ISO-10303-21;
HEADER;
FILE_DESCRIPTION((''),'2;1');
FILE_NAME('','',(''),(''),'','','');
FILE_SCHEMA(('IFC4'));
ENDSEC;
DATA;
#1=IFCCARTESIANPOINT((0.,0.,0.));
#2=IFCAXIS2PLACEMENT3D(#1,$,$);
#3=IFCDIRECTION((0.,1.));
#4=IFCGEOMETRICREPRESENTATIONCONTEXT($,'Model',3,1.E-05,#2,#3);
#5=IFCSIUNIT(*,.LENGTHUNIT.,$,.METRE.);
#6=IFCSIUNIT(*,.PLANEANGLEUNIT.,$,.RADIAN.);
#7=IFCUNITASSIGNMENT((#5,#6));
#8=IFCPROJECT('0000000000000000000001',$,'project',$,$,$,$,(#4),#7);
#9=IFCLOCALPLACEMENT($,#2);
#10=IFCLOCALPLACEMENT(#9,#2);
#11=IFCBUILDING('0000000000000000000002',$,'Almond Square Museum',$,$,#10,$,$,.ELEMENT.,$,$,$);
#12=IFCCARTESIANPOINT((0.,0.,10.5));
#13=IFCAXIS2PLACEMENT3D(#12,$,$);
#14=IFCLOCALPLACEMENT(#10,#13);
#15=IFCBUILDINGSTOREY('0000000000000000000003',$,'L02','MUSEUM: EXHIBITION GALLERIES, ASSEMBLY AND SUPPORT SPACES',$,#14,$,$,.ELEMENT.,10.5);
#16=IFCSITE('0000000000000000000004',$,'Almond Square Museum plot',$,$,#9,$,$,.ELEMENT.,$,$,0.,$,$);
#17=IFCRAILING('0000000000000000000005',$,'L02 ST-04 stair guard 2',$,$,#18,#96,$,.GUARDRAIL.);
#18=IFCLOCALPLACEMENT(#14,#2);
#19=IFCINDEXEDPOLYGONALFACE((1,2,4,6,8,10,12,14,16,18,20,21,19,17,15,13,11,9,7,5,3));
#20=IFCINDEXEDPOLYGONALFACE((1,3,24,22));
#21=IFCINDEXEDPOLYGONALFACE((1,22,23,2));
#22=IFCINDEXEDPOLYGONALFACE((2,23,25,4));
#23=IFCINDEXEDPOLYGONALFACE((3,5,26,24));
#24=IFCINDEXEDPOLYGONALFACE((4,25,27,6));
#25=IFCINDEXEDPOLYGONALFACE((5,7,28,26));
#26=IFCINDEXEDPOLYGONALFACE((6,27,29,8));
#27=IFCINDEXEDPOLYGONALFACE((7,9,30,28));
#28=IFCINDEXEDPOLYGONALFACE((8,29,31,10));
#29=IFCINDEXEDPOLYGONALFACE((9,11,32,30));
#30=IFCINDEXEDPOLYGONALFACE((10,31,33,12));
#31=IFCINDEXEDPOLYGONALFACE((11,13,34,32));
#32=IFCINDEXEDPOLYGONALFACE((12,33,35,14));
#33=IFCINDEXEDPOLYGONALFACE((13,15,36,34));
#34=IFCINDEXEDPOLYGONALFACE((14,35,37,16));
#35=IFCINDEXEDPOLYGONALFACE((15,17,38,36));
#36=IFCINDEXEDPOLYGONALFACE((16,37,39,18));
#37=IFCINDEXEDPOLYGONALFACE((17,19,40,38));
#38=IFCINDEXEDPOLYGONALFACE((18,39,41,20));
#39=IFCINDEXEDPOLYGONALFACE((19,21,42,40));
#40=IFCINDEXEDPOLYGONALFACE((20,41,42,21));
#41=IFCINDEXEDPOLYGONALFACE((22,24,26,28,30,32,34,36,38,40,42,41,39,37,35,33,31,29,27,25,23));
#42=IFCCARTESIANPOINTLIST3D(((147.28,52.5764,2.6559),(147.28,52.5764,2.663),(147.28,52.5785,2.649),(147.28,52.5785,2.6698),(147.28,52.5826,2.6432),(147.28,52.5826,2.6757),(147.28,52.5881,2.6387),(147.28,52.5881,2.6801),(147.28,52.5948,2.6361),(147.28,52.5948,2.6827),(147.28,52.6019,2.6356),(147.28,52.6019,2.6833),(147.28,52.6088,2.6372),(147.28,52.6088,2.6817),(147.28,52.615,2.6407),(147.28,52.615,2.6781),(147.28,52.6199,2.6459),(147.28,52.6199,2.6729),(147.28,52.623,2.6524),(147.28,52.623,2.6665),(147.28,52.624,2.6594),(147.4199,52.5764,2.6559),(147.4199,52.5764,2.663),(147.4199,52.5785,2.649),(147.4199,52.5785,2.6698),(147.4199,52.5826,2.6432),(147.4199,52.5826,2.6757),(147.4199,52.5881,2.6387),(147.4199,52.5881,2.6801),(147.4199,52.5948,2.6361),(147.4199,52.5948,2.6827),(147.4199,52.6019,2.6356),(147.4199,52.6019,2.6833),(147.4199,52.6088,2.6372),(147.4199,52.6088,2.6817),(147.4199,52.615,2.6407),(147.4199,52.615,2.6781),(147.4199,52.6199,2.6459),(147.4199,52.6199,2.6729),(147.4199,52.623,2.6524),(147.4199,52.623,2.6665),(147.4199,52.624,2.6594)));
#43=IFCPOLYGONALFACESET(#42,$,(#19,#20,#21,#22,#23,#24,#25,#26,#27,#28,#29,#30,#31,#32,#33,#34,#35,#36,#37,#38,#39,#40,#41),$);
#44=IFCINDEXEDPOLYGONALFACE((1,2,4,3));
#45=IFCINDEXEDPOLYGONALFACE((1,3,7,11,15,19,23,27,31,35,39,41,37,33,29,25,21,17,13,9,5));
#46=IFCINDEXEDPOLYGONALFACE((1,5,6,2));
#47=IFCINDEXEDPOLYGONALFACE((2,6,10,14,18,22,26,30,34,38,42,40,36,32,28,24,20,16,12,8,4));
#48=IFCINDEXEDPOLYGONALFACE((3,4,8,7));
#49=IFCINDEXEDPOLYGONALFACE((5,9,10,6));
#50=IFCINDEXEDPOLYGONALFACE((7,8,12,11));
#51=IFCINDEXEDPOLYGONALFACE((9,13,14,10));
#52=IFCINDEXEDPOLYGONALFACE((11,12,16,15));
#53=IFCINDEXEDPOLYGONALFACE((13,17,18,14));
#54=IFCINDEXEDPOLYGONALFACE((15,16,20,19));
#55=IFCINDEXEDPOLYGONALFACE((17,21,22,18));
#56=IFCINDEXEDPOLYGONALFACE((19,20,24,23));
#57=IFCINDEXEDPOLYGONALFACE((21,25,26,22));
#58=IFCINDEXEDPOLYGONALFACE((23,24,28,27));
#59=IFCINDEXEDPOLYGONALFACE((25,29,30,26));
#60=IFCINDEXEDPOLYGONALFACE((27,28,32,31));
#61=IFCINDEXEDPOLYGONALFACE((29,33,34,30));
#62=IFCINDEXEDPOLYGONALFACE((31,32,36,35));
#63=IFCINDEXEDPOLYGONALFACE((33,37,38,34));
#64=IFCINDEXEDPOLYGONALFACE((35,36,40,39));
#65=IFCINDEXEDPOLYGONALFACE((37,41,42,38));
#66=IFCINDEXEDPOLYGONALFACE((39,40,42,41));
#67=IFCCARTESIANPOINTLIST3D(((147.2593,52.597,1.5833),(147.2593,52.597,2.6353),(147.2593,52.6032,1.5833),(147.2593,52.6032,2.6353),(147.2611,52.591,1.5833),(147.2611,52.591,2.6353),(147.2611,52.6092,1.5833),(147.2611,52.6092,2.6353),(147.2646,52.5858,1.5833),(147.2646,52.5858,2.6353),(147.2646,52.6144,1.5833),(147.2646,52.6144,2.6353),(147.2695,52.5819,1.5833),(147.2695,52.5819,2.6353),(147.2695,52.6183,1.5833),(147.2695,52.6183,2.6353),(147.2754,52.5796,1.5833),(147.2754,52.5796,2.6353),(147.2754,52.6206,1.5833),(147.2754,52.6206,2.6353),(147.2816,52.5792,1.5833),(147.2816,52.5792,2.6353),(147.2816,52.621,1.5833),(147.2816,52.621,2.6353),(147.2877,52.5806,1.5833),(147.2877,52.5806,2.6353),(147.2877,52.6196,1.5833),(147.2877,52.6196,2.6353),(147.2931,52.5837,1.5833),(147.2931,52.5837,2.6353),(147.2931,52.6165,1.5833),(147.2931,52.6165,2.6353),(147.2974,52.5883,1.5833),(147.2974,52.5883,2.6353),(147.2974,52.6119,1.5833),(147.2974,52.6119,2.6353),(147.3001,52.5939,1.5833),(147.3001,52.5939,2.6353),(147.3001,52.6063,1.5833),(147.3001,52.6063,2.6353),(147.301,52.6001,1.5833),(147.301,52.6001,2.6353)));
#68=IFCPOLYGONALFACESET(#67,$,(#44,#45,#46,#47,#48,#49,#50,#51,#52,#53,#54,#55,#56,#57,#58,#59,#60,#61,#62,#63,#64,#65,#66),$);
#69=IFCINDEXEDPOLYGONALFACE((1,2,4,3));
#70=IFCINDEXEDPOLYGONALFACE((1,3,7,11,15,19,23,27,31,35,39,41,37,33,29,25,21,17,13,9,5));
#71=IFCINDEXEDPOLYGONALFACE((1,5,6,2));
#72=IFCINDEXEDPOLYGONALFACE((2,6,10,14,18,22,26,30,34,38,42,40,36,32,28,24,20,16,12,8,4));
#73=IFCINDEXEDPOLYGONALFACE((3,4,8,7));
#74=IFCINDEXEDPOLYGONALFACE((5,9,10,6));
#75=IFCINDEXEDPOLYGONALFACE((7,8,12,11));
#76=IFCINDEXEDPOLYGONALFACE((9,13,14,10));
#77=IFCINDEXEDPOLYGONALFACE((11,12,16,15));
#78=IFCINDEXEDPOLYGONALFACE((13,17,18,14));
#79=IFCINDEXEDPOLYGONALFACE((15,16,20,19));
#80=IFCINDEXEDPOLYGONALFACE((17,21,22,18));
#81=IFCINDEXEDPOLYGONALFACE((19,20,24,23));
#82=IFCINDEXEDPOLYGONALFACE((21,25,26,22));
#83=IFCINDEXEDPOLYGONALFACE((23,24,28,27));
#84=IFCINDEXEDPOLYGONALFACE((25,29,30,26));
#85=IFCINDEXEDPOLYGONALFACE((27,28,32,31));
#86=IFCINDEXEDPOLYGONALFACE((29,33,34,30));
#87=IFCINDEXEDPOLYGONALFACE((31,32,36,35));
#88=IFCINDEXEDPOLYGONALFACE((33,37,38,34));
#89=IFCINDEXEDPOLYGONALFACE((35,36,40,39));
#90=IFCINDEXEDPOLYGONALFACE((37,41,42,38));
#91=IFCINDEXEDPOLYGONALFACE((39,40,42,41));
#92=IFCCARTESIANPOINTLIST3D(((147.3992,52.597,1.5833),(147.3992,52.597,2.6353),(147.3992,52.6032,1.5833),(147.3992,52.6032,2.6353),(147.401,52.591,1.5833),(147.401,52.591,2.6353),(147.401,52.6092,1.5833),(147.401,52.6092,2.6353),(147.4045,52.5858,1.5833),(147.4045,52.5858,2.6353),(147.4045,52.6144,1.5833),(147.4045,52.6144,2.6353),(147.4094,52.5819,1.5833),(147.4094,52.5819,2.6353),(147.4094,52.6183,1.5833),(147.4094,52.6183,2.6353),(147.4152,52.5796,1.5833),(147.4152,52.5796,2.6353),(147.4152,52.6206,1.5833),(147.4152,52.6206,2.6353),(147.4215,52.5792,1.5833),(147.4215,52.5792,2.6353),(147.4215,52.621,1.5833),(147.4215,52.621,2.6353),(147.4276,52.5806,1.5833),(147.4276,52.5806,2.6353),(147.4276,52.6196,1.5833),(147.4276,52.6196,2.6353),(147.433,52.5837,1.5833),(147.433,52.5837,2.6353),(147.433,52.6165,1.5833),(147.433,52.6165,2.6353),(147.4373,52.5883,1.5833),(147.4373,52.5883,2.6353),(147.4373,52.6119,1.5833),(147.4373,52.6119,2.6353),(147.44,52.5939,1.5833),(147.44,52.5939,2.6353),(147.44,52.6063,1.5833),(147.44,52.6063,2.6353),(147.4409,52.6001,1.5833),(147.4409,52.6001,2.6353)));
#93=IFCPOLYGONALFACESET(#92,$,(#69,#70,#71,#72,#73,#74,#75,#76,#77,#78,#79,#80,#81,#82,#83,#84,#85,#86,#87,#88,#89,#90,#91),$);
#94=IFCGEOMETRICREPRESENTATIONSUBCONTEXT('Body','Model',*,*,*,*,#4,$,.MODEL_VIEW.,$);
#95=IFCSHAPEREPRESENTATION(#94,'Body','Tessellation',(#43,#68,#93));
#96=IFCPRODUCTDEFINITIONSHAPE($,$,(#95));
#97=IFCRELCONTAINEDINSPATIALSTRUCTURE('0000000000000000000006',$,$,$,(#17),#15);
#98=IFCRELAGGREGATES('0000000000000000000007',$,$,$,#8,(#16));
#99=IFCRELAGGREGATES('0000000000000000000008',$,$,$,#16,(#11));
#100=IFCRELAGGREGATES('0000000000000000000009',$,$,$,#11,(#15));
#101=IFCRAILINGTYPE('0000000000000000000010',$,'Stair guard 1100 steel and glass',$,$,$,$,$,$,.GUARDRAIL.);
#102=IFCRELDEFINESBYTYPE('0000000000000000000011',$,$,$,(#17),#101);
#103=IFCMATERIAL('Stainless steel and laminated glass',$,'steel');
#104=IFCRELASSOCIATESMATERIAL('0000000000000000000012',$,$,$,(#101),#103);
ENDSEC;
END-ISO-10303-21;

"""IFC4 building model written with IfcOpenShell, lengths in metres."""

from ifc_helpers import new_model, si_unit, direction, frame, origin, origin_2d, place, context, subcontext, project, spatial, circle, extrude, material, type_object, element, save


model = new_model("IFC4")

# Units and contexts
model_context = context("Model", 3, precision=1e-05, world=origin(), true_north=direction((0.0, 1.0)))
body_context = subcontext(model_context, "Body", "Model", "MODEL_VIEW")
ifc_project = project(units=[si_unit("LENGTHUNIT", "METRE"), si_unit("PLANEANGLEUNIT", "RADIAN")], contexts=[model_context])

# Site, building, storey
site_placement = place(None, origin())
site = spatial("IfcSite", under=ifc_project, at=site_placement, Name="Almond Square Museum plot", CompositionType="ELEMENT", RefElevation=0.0)
building_placement = place(site_placement, origin())
building = spatial("IfcBuilding", under=site, at=building_placement, Name="Almond Square Museum", CompositionType="ELEMENT")
storey_placement = place(building_placement, frame((0.0, 0.0, 10.5)))
storey = spatial("IfcBuildingStorey", under=building, at=storey_placement, Name="L02", Description="MUSEUM: EXHIBITION GALLERIES, ASSEMBLY AND SUPPORT SPACES", CompositionType="ELEMENT", Elevation=10.5)

# Railing
ifc_material_1 = material(Name="Stainless steel and laminated glass", Category="steel")
railing_type_1 = type_object("IfcRailingType", Name="Stair guard 1100 steel and glass", PredefinedType="GUARDRAIL", material=ifc_material_1)
railing_1_placement = place(storey_placement, frame((147.28, 52.6001, 1.5833)))
element("IfcRailing", 1, at=railing_1_placement, inside=storey, type_object=railing_type_1, Name="L02 ST-04 stair guard 2", PredefinedType="GUARDRAIL", context=body_context, shape_type="SweptSolid", body=[
    extrude(circle(Radius=0.0239, at=origin_2d()), frame((0.0, 0.0, 1.0762), z_axis=(1.0, 0.0, 0.0), x_axis=(0.0, 1.0, 0.0)), (0.0, 0.0, 1.0), 0.1399),
    extrude(circle(Radius=0.021, at=origin_2d()), origin(), (0.0, 0.0, 1.0), 1.052),
    extrude(circle(Radius=0.021, at=origin_2d()), frame((0.1399, 0.0, 0.0)), (0.0, 0.0, 1.0), 1.052),
])

save(model, "model.ifc")
